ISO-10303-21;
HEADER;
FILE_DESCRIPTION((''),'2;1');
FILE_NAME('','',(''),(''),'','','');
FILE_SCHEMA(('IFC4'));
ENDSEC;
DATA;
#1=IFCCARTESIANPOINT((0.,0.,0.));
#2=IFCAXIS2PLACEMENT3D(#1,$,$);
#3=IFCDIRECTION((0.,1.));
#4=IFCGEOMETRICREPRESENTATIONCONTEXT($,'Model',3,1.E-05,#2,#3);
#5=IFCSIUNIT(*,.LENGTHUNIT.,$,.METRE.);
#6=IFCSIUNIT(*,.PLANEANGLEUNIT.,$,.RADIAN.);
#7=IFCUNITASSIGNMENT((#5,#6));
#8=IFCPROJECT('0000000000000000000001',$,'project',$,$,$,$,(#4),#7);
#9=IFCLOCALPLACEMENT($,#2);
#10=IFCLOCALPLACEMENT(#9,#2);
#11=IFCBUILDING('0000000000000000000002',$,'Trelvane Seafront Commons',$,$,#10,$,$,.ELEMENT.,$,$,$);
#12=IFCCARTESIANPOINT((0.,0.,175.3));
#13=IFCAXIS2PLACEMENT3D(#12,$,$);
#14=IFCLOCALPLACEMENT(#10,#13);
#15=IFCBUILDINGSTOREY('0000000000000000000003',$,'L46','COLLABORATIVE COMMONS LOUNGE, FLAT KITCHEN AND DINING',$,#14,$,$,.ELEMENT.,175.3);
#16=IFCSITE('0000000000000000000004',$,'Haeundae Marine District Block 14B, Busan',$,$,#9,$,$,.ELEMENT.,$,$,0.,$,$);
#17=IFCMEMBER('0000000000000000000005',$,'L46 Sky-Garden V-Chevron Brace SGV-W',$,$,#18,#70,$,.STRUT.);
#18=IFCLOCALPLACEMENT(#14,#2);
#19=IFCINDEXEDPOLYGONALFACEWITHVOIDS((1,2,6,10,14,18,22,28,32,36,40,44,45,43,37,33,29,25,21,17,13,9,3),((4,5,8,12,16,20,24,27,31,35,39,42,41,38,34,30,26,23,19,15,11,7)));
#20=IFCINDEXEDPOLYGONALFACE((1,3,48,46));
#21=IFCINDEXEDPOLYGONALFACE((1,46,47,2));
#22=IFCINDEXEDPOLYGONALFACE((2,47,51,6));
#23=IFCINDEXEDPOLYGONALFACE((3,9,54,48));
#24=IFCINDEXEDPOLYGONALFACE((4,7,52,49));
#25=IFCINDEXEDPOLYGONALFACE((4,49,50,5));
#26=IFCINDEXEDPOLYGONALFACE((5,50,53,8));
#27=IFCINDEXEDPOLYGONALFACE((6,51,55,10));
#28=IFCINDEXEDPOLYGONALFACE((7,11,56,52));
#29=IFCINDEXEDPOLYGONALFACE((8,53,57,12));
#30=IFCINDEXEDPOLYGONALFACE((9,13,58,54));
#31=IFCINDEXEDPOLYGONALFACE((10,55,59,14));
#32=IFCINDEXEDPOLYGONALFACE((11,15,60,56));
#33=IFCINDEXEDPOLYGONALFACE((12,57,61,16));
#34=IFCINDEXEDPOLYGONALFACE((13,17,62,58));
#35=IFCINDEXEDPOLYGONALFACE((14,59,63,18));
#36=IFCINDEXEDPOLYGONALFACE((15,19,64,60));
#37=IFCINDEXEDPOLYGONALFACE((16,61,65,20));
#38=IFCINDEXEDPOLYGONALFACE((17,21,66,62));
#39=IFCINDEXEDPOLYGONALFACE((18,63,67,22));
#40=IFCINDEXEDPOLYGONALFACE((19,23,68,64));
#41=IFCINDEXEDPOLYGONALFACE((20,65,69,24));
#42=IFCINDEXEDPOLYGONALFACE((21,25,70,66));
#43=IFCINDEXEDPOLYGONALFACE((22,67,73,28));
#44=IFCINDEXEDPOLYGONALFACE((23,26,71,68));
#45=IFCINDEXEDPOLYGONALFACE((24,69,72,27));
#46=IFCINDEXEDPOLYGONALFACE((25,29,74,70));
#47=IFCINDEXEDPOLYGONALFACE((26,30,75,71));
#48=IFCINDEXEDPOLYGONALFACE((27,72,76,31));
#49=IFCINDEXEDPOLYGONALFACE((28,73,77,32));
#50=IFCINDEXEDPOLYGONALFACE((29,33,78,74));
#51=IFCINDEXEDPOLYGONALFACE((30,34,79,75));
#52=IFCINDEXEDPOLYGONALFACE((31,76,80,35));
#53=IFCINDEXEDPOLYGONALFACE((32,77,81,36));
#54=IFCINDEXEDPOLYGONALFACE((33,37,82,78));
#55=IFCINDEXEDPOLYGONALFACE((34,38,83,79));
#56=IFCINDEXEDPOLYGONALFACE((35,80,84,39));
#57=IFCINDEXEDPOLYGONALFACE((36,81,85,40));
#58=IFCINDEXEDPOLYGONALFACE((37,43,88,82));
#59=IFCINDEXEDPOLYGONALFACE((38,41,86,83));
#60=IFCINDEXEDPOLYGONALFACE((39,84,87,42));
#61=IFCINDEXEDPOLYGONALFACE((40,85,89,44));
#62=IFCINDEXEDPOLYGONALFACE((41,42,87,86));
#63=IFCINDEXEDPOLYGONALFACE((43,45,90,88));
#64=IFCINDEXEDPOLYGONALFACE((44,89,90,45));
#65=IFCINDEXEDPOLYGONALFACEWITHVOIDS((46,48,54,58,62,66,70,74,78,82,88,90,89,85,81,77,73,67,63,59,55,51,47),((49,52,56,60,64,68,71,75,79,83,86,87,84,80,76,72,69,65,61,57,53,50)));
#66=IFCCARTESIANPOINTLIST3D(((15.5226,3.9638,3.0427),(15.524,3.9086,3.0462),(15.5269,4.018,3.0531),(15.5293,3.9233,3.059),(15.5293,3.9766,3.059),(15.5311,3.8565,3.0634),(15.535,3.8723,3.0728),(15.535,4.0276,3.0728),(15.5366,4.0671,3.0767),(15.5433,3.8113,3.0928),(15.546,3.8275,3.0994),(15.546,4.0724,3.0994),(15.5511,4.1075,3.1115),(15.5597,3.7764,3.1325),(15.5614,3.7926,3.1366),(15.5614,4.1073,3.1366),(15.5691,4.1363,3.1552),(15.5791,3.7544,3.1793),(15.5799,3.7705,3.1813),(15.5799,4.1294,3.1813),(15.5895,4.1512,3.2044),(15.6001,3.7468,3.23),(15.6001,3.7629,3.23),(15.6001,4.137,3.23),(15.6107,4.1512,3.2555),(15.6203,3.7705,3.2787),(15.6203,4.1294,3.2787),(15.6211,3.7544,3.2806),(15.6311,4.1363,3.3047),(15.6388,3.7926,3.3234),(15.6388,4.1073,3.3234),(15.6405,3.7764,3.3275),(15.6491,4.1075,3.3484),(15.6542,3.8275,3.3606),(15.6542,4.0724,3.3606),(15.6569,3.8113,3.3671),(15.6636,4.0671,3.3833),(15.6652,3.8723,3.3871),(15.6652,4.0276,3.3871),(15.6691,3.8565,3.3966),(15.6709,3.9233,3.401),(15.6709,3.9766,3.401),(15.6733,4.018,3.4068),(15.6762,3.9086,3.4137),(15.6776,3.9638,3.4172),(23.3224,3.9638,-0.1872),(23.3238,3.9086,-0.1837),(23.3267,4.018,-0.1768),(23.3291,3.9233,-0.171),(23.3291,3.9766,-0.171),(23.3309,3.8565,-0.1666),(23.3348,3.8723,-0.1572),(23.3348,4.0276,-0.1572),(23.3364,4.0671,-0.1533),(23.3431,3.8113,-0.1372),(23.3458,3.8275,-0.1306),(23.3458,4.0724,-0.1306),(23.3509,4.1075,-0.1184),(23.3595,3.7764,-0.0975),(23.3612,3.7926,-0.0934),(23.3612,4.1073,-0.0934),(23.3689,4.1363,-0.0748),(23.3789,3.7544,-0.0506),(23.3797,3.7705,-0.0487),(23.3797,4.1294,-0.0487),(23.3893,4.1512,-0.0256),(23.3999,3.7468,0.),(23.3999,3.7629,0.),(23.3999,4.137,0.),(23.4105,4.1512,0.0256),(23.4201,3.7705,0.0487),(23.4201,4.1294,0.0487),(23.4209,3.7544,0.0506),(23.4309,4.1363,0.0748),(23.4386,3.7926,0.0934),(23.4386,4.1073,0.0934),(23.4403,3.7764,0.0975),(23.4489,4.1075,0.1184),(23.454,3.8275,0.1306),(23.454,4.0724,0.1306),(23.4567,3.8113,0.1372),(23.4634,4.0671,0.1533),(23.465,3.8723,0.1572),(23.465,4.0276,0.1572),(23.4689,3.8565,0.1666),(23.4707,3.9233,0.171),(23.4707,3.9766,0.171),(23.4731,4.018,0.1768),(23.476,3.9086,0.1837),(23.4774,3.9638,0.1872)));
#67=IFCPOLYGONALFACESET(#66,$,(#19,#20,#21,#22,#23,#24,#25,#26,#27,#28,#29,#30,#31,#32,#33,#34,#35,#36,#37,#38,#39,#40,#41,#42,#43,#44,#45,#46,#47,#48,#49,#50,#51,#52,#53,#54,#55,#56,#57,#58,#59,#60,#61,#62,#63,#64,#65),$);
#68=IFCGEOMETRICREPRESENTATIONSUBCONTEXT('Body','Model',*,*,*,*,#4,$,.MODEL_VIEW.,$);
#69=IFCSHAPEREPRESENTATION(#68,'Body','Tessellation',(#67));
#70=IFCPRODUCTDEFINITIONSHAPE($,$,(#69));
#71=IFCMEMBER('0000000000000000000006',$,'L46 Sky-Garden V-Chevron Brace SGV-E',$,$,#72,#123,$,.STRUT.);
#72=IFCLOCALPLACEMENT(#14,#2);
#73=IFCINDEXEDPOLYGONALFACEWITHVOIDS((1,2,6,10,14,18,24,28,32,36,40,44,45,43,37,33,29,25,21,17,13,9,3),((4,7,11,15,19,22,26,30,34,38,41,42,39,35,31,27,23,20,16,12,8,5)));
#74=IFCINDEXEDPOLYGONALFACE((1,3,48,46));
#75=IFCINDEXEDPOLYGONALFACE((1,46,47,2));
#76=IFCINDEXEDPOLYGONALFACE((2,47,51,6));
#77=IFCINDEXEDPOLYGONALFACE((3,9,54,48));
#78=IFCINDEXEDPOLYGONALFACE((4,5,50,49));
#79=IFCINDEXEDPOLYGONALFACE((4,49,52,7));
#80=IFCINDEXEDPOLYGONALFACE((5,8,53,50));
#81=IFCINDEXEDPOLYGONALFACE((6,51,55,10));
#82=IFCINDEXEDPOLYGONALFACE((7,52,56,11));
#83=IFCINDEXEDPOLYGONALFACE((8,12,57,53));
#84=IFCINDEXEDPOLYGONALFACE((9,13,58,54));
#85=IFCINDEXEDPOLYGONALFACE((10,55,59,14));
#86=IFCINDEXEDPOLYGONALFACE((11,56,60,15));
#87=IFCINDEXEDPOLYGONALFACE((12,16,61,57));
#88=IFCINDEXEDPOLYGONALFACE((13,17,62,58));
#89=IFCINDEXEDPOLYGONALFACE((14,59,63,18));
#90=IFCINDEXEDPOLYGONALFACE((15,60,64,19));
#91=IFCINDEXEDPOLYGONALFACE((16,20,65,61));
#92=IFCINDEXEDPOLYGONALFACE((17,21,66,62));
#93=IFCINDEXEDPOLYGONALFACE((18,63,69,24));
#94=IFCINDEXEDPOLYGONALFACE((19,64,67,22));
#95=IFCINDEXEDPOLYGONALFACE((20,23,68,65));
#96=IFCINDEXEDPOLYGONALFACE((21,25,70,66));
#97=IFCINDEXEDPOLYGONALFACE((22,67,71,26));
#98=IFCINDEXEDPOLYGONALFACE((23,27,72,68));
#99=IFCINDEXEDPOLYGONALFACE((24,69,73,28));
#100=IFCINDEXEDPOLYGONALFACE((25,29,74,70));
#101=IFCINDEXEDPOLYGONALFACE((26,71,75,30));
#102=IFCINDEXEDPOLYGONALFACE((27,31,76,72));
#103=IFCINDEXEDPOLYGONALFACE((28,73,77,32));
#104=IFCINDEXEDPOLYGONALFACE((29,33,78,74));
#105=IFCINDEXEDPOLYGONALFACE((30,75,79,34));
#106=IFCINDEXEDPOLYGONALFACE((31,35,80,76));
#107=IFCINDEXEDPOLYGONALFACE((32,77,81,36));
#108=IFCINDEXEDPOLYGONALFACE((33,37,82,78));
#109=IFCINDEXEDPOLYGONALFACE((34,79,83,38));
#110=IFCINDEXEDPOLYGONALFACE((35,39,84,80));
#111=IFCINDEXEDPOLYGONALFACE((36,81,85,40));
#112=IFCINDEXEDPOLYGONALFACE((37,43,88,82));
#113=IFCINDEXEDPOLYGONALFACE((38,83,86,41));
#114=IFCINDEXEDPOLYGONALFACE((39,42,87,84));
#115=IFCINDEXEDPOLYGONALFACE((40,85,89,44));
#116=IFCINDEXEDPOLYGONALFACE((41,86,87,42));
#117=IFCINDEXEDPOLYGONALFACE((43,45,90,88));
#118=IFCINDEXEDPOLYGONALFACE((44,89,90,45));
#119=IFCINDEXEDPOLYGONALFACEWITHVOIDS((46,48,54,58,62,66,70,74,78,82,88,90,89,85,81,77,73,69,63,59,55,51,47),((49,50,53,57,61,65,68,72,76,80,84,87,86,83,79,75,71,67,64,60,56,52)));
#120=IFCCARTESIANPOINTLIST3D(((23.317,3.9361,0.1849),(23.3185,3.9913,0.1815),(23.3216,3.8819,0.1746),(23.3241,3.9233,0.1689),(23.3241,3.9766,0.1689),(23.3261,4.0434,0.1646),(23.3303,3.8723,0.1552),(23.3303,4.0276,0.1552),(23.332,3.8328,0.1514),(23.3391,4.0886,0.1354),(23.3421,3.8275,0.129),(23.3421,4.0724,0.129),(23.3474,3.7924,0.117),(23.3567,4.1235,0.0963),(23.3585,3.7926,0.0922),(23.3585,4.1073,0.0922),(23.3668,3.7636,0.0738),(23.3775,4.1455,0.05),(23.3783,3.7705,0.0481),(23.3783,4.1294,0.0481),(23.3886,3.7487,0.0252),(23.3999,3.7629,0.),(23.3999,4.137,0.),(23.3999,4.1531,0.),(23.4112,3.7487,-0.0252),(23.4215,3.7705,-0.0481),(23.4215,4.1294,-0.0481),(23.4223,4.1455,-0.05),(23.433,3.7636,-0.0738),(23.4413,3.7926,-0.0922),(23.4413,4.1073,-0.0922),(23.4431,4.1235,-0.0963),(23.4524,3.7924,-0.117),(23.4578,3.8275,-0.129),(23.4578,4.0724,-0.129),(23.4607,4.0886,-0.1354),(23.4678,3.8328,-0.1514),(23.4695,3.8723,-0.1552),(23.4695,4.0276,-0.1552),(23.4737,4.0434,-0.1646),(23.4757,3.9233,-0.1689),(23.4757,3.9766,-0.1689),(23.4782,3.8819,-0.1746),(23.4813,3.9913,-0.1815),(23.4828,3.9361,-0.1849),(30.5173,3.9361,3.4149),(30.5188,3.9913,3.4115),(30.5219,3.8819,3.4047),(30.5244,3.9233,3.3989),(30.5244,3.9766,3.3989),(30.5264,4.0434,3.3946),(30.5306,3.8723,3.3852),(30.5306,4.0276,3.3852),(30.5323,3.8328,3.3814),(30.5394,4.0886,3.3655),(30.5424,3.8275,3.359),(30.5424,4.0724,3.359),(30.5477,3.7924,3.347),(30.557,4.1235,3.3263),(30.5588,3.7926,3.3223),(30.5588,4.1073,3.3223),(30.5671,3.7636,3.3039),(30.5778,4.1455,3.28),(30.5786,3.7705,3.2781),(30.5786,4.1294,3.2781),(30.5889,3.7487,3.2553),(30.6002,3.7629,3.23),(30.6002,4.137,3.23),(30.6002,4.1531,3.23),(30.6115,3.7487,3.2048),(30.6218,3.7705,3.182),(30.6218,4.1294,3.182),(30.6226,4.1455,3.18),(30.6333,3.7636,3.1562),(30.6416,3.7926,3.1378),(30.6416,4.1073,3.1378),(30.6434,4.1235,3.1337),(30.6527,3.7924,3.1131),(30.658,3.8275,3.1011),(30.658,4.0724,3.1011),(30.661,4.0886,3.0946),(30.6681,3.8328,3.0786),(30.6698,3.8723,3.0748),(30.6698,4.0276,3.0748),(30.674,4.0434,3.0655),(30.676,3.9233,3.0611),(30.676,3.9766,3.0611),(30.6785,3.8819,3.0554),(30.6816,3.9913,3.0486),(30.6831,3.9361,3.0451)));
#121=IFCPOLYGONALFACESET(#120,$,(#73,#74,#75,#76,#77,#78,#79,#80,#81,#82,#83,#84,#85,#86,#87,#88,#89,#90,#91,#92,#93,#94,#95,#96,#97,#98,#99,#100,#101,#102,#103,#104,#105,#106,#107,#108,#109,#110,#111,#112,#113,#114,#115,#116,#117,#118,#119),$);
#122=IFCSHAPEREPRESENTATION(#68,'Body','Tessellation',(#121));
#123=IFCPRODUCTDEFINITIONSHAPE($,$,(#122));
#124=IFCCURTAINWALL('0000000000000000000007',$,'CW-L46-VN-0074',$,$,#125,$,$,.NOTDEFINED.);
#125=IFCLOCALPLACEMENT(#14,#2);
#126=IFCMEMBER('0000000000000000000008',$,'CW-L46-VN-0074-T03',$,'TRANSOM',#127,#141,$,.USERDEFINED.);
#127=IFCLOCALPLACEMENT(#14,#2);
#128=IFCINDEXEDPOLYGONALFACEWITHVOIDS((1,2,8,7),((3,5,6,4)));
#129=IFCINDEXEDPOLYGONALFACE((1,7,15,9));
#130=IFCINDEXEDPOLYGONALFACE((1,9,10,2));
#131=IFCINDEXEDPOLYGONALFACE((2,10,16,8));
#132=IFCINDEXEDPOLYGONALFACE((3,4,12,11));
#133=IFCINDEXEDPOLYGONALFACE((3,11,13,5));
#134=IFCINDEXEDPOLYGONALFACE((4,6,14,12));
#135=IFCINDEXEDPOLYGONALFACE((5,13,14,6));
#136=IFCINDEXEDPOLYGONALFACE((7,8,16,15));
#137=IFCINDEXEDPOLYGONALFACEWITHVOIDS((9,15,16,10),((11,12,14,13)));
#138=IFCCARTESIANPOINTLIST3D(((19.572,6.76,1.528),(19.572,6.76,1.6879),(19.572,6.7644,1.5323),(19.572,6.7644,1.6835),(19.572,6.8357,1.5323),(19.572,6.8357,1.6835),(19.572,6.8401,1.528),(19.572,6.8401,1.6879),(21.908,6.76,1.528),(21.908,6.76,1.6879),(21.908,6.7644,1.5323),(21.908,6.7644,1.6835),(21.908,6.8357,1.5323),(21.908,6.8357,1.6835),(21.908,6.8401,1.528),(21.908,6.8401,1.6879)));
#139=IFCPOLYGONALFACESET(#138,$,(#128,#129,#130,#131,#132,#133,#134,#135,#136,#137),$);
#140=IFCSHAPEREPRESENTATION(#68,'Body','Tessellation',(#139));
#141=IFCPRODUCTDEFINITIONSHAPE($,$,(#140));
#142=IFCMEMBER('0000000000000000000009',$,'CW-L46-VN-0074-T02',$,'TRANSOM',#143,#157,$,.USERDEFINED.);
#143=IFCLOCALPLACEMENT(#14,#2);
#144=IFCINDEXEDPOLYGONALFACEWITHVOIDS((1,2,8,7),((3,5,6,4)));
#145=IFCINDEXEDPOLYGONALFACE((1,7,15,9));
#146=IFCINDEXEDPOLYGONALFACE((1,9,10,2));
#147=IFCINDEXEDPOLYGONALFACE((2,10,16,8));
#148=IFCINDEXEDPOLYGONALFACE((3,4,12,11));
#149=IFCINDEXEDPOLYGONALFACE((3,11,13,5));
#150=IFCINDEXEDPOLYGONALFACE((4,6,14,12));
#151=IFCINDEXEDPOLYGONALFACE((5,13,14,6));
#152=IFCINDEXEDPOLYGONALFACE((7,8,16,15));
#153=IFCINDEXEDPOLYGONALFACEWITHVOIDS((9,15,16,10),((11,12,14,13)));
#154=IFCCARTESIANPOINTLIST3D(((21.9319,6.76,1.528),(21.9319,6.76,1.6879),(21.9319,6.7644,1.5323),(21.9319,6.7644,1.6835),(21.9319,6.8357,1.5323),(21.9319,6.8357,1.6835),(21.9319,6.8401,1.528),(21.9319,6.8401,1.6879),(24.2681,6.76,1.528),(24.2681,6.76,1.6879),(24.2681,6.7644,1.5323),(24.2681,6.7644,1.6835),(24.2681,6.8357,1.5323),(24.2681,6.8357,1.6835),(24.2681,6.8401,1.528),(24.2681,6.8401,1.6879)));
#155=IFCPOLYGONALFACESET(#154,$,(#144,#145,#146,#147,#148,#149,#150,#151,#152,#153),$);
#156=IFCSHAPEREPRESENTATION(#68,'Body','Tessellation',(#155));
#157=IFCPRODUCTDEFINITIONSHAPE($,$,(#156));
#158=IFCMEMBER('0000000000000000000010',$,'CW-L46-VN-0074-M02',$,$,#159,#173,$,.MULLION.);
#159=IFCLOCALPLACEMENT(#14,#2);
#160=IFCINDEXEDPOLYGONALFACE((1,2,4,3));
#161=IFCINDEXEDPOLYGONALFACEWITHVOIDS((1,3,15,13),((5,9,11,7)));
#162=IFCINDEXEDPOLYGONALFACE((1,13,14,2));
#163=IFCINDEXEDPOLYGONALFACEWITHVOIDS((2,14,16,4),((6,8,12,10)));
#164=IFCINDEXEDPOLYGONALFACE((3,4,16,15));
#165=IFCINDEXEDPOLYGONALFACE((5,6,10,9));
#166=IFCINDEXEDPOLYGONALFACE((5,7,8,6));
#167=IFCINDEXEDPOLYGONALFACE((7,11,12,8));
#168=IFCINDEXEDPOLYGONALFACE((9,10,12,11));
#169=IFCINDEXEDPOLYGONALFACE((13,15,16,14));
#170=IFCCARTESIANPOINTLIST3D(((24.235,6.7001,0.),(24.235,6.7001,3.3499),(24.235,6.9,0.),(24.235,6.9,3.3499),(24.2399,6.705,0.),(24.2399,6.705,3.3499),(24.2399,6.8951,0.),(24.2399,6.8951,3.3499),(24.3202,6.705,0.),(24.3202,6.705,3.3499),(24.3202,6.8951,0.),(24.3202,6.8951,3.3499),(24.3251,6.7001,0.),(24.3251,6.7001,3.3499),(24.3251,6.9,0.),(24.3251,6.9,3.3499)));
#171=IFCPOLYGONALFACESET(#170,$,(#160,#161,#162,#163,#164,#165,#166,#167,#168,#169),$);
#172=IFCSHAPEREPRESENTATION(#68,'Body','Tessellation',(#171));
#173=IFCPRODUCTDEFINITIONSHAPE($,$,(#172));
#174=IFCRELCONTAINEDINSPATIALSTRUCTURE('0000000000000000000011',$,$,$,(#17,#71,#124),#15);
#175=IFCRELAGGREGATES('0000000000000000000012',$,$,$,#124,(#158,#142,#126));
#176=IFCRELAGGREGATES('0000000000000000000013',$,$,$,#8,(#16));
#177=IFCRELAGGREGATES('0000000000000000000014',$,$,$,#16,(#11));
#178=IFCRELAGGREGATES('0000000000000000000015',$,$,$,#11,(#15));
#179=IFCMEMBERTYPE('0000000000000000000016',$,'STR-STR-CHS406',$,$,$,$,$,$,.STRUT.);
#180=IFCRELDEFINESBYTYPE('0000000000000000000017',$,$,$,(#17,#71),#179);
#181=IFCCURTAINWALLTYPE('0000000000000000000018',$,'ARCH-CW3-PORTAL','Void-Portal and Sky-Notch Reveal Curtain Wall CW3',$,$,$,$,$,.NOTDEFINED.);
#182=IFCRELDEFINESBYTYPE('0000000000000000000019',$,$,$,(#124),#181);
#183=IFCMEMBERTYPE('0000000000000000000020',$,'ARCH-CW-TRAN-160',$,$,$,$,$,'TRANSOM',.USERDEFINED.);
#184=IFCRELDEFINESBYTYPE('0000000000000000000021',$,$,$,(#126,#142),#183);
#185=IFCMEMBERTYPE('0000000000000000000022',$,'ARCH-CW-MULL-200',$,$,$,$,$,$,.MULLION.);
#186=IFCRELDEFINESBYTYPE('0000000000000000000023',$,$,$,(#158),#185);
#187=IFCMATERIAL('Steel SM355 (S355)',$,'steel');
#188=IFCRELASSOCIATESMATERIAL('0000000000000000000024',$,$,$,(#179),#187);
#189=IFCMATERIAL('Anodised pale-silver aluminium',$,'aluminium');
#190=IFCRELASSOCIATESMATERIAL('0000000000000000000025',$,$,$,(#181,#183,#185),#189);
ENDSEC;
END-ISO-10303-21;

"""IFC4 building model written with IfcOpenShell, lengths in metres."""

from ifc_helpers import new_model, si_unit, direction, frame, origin, origin_2d, place, context, subcontext, project, spatial, hollow_rectangle, hollow_circle, extrude, source, transform, mapped, material, material_profile, profile_set, type_object, element, aggregate, save


model = new_model("IFC4")

# Units and contexts
model_context = context("Model", 3, precision=1e-05, world=origin(), true_north=direction((0.0, 1.0)))
body_context = subcontext(model_context, "Body", "Model", "MODEL_VIEW")
ifc_project = project(units=[si_unit("LENGTHUNIT", "METRE"), si_unit("PLANEANGLEUNIT", "RADIAN")], contexts=[model_context])

# Site, building, storey
site_placement = place(None, origin())
site = spatial("IfcSite", under=ifc_project, at=site_placement, Name="Haeundae Marine District Block 14B, Busan", CompositionType="ELEMENT", RefElevation=0.0)
building_placement = place(site_placement, origin())
building = spatial("IfcBuilding", under=site, at=building_placement, Name="Trelvane Seafront Commons", CompositionType="ELEMENT")
storey_placement = place(building_placement, frame((0.0, 0.0, 175.3)))
storey = spatial("IfcBuildingStorey", under=building, at=storey_placement, Name="L46", Description="COLLABORATIVE COMMONS LOUNGE, FLAT KITCHEN AND DINING", CompositionType="ELEMENT", Elevation=175.3)

# Shared definitions
ifc_material_1 = material(Name="Steel SM355 (S355)", Category="steel")

# Members
ifc_material_profile_1 = material_profile(ifc_material_1, hollow_circle(Radius=0.2031, WallThickness=0.0161, at=origin_2d()), Name="CHS-406.4x16")
ifc_profile_set_1 = profile_set([ifc_material_profile_1], Name="Steel SM355 (S355)")
member_type_1 = type_object("IfcMemberType", Name="STR-STR-CHS406", PredefinedType="STRUT", material=ifc_profile_set_1)
shared_shape_1 = source(origin(), body_context, "Body", "SweptSolid", [
    extrude(hollow_circle(Radius=0.2031, WallThickness=0.0161, at=origin_2d()), origin(), (0.0, 0.0, 1.0), 8.4421),
])
member_1_placement = place(storey_placement, frame((23.3999, 3.95, 0.0), z_axis=(-0.923913, 0.0, 0.382602), x_axis=(0.0, -1.0, 0.0)))
element("IfcMember", 1, at=member_1_placement, inside=storey, type_object=member_type_1, Name="L46 Sky-Garden V-Chevron Brace SGV-W", PredefinedType="STRUT", context=body_context, shape_type="MappedRepresentation", body=[
    mapped(shared_shape_1, transform((0.0, 0.0, 0.0), x_axis=(1.0, 0.0, 0.0), y_axis=(0.0, 1.0, 0.0), z_axis=(0.0, 0.0, 1.0), scale=1.0)),
])
shared_shape_2 = source(origin(), body_context, "Body", "SweptSolid", [
    extrude(hollow_circle(Radius=0.2031, WallThickness=0.0161, at=origin_2d()), origin(), (0.0, 0.0, 1.0), 7.8916),
])
member_2_placement = place(storey_placement, frame((23.3999, 3.95, 0.0), z_axis=(0.9124, 0.0, 0.409299), x_axis=(0.0, 1.0, 0.0)))
element("IfcMember", 2, at=member_2_placement, inside=storey, type_object=member_type_1, Name="L46 Sky-Garden V-Chevron Brace SGV-E", PredefinedType="STRUT", context=body_context, shape_type="MappedRepresentation", body=[
    mapped(shared_shape_2, transform((0.0, 0.0, 0.0), x_axis=(1.0, 0.0, 0.0), y_axis=(0.0, 1.0, 0.0), z_axis=(0.0, 0.0, 1.0), scale=1.0)),
])

# Curtain wall, members
ifc_material_2 = material(Name="Anodised pale-silver aluminium", Category="aluminium")
curtain_wall_type = type_object("IfcCurtainWallType", Name="ARCH-CW3-PORTAL", Description="Void-Portal and Sky-Notch Reveal Curtain Wall CW3", PredefinedType="NOTDEFINED", material=ifc_material_2)
curtain_wall_placement = place(storey_placement, origin())
curtain_wall = element("IfcCurtainWall", 3, at=curtain_wall_placement, inside=storey, type_object=curtain_wall_type, Name="CW-L46-VN-0074", PredefinedType="NOTDEFINED")
ifc_material_profile_2 = material_profile(ifc_material_2, hollow_rectangle(XDim=0.0801, YDim=0.1599, WallThickness=0.0044, at=origin_2d()), Name="TRAN-80x160x4.5")
ifc_profile_set_2 = profile_set([ifc_material_profile_2], Name="Anodised pale-silver aluminium")
member_type_2 = type_object("IfcMemberType", Name="ARCH-CW-TRAN-160", ElementType="TRANSOM", PredefinedType="USERDEFINED", material=ifc_profile_set_2)
shared_shape_3 = source(origin(), body_context, "Body", "SweptSolid", [
    extrude(hollow_rectangle(XDim=0.0801, YDim=0.1599, WallThickness=0.0044, at=origin_2d()), origin(), (0.0, 0.0, 1.0), 2.3359),
])
member_3_placement = place(storey_placement, frame((21.908, 6.8, 1.6079), z_axis=(-1.0, 0.0, 0.0), x_axis=(0.0, -1.0, 0.0)))
member_3 = element("IfcMember", 4, at=member_3_placement, type_object=member_type_2, Name="CW-L46-VN-0074-T03", ObjectType="TRANSOM", PredefinedType="USERDEFINED", context=body_context, shape_type="MappedRepresentation", body=[
    mapped(shared_shape_3, transform((0.0, 0.0, 0.0), x_axis=(1.0, 0.0, 0.0), y_axis=(0.0, 1.0, 0.0), z_axis=(0.0, 0.0, 1.0), scale=1.0)),
])
shared_shape_4 = source(origin(), body_context, "Body", "SweptSolid", [
    extrude(hollow_rectangle(XDim=0.0801, YDim=0.1599, WallThickness=0.0044, at=origin_2d()), origin(), (0.0, 0.0, 1.0), 2.3362),
])
member_4_placement = place(storey_placement, frame((24.2681, 6.8, 1.6079), z_axis=(-1.0, 0.0, 0.0), x_axis=(0.0, -1.0, 0.0)))
member_4 = element("IfcMember", 5, at=member_4_placement, type_object=member_type_2, Name="CW-L46-VN-0074-T02", ObjectType="TRANSOM", PredefinedType="USERDEFINED", context=body_context, shape_type="MappedRepresentation", body=[
    mapped(shared_shape_4, transform((0.0, 0.0, 0.0), x_axis=(1.0, 0.0, 0.0), y_axis=(0.0, 1.0, 0.0), z_axis=(0.0, 0.0, 1.0), scale=1.0)),
])
ifc_material_profile_3 = material_profile(ifc_material_2, hollow_rectangle(XDim=0.0901, YDim=0.2, WallThickness=0.0049, at=origin_2d()), Name="MULL-90x200x5")
ifc_profile_set_3 = profile_set([ifc_material_profile_3], Name="Anodised pale-silver aluminium")
member_type_3 = type_object("IfcMemberType", Name="ARCH-CW-MULL-200", PredefinedType="MULLION", material=ifc_profile_set_3)
shared_shape_5 = source(origin(), body_context, "Body", "SweptSolid", [
    extrude(hollow_rectangle(XDim=0.0901, YDim=0.2, WallThickness=0.0049, at=origin_2d()), origin(), (0.0, 0.0, 1.0), 3.3499),
])
member_5_placement = place(storey_placement, frame((24.28, 6.8, 0.0), z_axis=(0.0, 0.0, 1.0), x_axis=(1.0, 0.0, 0.0)))
member_5 = element("IfcMember", 6, at=member_5_placement, type_object=member_type_3, Name="CW-L46-VN-0074-M02", PredefinedType="MULLION", context=body_context, shape_type="MappedRepresentation", body=[
    mapped(shared_shape_5, transform((0.0, 0.0, 0.0), x_axis=(1.0, 0.0, 0.0), y_axis=(0.0, 1.0, 0.0), z_axis=(0.0, 0.0, 1.0), scale=1.0)),
])

aggregate(curtain_wall, [member_5, member_4, member_3])

save(model, "model.ifc")
